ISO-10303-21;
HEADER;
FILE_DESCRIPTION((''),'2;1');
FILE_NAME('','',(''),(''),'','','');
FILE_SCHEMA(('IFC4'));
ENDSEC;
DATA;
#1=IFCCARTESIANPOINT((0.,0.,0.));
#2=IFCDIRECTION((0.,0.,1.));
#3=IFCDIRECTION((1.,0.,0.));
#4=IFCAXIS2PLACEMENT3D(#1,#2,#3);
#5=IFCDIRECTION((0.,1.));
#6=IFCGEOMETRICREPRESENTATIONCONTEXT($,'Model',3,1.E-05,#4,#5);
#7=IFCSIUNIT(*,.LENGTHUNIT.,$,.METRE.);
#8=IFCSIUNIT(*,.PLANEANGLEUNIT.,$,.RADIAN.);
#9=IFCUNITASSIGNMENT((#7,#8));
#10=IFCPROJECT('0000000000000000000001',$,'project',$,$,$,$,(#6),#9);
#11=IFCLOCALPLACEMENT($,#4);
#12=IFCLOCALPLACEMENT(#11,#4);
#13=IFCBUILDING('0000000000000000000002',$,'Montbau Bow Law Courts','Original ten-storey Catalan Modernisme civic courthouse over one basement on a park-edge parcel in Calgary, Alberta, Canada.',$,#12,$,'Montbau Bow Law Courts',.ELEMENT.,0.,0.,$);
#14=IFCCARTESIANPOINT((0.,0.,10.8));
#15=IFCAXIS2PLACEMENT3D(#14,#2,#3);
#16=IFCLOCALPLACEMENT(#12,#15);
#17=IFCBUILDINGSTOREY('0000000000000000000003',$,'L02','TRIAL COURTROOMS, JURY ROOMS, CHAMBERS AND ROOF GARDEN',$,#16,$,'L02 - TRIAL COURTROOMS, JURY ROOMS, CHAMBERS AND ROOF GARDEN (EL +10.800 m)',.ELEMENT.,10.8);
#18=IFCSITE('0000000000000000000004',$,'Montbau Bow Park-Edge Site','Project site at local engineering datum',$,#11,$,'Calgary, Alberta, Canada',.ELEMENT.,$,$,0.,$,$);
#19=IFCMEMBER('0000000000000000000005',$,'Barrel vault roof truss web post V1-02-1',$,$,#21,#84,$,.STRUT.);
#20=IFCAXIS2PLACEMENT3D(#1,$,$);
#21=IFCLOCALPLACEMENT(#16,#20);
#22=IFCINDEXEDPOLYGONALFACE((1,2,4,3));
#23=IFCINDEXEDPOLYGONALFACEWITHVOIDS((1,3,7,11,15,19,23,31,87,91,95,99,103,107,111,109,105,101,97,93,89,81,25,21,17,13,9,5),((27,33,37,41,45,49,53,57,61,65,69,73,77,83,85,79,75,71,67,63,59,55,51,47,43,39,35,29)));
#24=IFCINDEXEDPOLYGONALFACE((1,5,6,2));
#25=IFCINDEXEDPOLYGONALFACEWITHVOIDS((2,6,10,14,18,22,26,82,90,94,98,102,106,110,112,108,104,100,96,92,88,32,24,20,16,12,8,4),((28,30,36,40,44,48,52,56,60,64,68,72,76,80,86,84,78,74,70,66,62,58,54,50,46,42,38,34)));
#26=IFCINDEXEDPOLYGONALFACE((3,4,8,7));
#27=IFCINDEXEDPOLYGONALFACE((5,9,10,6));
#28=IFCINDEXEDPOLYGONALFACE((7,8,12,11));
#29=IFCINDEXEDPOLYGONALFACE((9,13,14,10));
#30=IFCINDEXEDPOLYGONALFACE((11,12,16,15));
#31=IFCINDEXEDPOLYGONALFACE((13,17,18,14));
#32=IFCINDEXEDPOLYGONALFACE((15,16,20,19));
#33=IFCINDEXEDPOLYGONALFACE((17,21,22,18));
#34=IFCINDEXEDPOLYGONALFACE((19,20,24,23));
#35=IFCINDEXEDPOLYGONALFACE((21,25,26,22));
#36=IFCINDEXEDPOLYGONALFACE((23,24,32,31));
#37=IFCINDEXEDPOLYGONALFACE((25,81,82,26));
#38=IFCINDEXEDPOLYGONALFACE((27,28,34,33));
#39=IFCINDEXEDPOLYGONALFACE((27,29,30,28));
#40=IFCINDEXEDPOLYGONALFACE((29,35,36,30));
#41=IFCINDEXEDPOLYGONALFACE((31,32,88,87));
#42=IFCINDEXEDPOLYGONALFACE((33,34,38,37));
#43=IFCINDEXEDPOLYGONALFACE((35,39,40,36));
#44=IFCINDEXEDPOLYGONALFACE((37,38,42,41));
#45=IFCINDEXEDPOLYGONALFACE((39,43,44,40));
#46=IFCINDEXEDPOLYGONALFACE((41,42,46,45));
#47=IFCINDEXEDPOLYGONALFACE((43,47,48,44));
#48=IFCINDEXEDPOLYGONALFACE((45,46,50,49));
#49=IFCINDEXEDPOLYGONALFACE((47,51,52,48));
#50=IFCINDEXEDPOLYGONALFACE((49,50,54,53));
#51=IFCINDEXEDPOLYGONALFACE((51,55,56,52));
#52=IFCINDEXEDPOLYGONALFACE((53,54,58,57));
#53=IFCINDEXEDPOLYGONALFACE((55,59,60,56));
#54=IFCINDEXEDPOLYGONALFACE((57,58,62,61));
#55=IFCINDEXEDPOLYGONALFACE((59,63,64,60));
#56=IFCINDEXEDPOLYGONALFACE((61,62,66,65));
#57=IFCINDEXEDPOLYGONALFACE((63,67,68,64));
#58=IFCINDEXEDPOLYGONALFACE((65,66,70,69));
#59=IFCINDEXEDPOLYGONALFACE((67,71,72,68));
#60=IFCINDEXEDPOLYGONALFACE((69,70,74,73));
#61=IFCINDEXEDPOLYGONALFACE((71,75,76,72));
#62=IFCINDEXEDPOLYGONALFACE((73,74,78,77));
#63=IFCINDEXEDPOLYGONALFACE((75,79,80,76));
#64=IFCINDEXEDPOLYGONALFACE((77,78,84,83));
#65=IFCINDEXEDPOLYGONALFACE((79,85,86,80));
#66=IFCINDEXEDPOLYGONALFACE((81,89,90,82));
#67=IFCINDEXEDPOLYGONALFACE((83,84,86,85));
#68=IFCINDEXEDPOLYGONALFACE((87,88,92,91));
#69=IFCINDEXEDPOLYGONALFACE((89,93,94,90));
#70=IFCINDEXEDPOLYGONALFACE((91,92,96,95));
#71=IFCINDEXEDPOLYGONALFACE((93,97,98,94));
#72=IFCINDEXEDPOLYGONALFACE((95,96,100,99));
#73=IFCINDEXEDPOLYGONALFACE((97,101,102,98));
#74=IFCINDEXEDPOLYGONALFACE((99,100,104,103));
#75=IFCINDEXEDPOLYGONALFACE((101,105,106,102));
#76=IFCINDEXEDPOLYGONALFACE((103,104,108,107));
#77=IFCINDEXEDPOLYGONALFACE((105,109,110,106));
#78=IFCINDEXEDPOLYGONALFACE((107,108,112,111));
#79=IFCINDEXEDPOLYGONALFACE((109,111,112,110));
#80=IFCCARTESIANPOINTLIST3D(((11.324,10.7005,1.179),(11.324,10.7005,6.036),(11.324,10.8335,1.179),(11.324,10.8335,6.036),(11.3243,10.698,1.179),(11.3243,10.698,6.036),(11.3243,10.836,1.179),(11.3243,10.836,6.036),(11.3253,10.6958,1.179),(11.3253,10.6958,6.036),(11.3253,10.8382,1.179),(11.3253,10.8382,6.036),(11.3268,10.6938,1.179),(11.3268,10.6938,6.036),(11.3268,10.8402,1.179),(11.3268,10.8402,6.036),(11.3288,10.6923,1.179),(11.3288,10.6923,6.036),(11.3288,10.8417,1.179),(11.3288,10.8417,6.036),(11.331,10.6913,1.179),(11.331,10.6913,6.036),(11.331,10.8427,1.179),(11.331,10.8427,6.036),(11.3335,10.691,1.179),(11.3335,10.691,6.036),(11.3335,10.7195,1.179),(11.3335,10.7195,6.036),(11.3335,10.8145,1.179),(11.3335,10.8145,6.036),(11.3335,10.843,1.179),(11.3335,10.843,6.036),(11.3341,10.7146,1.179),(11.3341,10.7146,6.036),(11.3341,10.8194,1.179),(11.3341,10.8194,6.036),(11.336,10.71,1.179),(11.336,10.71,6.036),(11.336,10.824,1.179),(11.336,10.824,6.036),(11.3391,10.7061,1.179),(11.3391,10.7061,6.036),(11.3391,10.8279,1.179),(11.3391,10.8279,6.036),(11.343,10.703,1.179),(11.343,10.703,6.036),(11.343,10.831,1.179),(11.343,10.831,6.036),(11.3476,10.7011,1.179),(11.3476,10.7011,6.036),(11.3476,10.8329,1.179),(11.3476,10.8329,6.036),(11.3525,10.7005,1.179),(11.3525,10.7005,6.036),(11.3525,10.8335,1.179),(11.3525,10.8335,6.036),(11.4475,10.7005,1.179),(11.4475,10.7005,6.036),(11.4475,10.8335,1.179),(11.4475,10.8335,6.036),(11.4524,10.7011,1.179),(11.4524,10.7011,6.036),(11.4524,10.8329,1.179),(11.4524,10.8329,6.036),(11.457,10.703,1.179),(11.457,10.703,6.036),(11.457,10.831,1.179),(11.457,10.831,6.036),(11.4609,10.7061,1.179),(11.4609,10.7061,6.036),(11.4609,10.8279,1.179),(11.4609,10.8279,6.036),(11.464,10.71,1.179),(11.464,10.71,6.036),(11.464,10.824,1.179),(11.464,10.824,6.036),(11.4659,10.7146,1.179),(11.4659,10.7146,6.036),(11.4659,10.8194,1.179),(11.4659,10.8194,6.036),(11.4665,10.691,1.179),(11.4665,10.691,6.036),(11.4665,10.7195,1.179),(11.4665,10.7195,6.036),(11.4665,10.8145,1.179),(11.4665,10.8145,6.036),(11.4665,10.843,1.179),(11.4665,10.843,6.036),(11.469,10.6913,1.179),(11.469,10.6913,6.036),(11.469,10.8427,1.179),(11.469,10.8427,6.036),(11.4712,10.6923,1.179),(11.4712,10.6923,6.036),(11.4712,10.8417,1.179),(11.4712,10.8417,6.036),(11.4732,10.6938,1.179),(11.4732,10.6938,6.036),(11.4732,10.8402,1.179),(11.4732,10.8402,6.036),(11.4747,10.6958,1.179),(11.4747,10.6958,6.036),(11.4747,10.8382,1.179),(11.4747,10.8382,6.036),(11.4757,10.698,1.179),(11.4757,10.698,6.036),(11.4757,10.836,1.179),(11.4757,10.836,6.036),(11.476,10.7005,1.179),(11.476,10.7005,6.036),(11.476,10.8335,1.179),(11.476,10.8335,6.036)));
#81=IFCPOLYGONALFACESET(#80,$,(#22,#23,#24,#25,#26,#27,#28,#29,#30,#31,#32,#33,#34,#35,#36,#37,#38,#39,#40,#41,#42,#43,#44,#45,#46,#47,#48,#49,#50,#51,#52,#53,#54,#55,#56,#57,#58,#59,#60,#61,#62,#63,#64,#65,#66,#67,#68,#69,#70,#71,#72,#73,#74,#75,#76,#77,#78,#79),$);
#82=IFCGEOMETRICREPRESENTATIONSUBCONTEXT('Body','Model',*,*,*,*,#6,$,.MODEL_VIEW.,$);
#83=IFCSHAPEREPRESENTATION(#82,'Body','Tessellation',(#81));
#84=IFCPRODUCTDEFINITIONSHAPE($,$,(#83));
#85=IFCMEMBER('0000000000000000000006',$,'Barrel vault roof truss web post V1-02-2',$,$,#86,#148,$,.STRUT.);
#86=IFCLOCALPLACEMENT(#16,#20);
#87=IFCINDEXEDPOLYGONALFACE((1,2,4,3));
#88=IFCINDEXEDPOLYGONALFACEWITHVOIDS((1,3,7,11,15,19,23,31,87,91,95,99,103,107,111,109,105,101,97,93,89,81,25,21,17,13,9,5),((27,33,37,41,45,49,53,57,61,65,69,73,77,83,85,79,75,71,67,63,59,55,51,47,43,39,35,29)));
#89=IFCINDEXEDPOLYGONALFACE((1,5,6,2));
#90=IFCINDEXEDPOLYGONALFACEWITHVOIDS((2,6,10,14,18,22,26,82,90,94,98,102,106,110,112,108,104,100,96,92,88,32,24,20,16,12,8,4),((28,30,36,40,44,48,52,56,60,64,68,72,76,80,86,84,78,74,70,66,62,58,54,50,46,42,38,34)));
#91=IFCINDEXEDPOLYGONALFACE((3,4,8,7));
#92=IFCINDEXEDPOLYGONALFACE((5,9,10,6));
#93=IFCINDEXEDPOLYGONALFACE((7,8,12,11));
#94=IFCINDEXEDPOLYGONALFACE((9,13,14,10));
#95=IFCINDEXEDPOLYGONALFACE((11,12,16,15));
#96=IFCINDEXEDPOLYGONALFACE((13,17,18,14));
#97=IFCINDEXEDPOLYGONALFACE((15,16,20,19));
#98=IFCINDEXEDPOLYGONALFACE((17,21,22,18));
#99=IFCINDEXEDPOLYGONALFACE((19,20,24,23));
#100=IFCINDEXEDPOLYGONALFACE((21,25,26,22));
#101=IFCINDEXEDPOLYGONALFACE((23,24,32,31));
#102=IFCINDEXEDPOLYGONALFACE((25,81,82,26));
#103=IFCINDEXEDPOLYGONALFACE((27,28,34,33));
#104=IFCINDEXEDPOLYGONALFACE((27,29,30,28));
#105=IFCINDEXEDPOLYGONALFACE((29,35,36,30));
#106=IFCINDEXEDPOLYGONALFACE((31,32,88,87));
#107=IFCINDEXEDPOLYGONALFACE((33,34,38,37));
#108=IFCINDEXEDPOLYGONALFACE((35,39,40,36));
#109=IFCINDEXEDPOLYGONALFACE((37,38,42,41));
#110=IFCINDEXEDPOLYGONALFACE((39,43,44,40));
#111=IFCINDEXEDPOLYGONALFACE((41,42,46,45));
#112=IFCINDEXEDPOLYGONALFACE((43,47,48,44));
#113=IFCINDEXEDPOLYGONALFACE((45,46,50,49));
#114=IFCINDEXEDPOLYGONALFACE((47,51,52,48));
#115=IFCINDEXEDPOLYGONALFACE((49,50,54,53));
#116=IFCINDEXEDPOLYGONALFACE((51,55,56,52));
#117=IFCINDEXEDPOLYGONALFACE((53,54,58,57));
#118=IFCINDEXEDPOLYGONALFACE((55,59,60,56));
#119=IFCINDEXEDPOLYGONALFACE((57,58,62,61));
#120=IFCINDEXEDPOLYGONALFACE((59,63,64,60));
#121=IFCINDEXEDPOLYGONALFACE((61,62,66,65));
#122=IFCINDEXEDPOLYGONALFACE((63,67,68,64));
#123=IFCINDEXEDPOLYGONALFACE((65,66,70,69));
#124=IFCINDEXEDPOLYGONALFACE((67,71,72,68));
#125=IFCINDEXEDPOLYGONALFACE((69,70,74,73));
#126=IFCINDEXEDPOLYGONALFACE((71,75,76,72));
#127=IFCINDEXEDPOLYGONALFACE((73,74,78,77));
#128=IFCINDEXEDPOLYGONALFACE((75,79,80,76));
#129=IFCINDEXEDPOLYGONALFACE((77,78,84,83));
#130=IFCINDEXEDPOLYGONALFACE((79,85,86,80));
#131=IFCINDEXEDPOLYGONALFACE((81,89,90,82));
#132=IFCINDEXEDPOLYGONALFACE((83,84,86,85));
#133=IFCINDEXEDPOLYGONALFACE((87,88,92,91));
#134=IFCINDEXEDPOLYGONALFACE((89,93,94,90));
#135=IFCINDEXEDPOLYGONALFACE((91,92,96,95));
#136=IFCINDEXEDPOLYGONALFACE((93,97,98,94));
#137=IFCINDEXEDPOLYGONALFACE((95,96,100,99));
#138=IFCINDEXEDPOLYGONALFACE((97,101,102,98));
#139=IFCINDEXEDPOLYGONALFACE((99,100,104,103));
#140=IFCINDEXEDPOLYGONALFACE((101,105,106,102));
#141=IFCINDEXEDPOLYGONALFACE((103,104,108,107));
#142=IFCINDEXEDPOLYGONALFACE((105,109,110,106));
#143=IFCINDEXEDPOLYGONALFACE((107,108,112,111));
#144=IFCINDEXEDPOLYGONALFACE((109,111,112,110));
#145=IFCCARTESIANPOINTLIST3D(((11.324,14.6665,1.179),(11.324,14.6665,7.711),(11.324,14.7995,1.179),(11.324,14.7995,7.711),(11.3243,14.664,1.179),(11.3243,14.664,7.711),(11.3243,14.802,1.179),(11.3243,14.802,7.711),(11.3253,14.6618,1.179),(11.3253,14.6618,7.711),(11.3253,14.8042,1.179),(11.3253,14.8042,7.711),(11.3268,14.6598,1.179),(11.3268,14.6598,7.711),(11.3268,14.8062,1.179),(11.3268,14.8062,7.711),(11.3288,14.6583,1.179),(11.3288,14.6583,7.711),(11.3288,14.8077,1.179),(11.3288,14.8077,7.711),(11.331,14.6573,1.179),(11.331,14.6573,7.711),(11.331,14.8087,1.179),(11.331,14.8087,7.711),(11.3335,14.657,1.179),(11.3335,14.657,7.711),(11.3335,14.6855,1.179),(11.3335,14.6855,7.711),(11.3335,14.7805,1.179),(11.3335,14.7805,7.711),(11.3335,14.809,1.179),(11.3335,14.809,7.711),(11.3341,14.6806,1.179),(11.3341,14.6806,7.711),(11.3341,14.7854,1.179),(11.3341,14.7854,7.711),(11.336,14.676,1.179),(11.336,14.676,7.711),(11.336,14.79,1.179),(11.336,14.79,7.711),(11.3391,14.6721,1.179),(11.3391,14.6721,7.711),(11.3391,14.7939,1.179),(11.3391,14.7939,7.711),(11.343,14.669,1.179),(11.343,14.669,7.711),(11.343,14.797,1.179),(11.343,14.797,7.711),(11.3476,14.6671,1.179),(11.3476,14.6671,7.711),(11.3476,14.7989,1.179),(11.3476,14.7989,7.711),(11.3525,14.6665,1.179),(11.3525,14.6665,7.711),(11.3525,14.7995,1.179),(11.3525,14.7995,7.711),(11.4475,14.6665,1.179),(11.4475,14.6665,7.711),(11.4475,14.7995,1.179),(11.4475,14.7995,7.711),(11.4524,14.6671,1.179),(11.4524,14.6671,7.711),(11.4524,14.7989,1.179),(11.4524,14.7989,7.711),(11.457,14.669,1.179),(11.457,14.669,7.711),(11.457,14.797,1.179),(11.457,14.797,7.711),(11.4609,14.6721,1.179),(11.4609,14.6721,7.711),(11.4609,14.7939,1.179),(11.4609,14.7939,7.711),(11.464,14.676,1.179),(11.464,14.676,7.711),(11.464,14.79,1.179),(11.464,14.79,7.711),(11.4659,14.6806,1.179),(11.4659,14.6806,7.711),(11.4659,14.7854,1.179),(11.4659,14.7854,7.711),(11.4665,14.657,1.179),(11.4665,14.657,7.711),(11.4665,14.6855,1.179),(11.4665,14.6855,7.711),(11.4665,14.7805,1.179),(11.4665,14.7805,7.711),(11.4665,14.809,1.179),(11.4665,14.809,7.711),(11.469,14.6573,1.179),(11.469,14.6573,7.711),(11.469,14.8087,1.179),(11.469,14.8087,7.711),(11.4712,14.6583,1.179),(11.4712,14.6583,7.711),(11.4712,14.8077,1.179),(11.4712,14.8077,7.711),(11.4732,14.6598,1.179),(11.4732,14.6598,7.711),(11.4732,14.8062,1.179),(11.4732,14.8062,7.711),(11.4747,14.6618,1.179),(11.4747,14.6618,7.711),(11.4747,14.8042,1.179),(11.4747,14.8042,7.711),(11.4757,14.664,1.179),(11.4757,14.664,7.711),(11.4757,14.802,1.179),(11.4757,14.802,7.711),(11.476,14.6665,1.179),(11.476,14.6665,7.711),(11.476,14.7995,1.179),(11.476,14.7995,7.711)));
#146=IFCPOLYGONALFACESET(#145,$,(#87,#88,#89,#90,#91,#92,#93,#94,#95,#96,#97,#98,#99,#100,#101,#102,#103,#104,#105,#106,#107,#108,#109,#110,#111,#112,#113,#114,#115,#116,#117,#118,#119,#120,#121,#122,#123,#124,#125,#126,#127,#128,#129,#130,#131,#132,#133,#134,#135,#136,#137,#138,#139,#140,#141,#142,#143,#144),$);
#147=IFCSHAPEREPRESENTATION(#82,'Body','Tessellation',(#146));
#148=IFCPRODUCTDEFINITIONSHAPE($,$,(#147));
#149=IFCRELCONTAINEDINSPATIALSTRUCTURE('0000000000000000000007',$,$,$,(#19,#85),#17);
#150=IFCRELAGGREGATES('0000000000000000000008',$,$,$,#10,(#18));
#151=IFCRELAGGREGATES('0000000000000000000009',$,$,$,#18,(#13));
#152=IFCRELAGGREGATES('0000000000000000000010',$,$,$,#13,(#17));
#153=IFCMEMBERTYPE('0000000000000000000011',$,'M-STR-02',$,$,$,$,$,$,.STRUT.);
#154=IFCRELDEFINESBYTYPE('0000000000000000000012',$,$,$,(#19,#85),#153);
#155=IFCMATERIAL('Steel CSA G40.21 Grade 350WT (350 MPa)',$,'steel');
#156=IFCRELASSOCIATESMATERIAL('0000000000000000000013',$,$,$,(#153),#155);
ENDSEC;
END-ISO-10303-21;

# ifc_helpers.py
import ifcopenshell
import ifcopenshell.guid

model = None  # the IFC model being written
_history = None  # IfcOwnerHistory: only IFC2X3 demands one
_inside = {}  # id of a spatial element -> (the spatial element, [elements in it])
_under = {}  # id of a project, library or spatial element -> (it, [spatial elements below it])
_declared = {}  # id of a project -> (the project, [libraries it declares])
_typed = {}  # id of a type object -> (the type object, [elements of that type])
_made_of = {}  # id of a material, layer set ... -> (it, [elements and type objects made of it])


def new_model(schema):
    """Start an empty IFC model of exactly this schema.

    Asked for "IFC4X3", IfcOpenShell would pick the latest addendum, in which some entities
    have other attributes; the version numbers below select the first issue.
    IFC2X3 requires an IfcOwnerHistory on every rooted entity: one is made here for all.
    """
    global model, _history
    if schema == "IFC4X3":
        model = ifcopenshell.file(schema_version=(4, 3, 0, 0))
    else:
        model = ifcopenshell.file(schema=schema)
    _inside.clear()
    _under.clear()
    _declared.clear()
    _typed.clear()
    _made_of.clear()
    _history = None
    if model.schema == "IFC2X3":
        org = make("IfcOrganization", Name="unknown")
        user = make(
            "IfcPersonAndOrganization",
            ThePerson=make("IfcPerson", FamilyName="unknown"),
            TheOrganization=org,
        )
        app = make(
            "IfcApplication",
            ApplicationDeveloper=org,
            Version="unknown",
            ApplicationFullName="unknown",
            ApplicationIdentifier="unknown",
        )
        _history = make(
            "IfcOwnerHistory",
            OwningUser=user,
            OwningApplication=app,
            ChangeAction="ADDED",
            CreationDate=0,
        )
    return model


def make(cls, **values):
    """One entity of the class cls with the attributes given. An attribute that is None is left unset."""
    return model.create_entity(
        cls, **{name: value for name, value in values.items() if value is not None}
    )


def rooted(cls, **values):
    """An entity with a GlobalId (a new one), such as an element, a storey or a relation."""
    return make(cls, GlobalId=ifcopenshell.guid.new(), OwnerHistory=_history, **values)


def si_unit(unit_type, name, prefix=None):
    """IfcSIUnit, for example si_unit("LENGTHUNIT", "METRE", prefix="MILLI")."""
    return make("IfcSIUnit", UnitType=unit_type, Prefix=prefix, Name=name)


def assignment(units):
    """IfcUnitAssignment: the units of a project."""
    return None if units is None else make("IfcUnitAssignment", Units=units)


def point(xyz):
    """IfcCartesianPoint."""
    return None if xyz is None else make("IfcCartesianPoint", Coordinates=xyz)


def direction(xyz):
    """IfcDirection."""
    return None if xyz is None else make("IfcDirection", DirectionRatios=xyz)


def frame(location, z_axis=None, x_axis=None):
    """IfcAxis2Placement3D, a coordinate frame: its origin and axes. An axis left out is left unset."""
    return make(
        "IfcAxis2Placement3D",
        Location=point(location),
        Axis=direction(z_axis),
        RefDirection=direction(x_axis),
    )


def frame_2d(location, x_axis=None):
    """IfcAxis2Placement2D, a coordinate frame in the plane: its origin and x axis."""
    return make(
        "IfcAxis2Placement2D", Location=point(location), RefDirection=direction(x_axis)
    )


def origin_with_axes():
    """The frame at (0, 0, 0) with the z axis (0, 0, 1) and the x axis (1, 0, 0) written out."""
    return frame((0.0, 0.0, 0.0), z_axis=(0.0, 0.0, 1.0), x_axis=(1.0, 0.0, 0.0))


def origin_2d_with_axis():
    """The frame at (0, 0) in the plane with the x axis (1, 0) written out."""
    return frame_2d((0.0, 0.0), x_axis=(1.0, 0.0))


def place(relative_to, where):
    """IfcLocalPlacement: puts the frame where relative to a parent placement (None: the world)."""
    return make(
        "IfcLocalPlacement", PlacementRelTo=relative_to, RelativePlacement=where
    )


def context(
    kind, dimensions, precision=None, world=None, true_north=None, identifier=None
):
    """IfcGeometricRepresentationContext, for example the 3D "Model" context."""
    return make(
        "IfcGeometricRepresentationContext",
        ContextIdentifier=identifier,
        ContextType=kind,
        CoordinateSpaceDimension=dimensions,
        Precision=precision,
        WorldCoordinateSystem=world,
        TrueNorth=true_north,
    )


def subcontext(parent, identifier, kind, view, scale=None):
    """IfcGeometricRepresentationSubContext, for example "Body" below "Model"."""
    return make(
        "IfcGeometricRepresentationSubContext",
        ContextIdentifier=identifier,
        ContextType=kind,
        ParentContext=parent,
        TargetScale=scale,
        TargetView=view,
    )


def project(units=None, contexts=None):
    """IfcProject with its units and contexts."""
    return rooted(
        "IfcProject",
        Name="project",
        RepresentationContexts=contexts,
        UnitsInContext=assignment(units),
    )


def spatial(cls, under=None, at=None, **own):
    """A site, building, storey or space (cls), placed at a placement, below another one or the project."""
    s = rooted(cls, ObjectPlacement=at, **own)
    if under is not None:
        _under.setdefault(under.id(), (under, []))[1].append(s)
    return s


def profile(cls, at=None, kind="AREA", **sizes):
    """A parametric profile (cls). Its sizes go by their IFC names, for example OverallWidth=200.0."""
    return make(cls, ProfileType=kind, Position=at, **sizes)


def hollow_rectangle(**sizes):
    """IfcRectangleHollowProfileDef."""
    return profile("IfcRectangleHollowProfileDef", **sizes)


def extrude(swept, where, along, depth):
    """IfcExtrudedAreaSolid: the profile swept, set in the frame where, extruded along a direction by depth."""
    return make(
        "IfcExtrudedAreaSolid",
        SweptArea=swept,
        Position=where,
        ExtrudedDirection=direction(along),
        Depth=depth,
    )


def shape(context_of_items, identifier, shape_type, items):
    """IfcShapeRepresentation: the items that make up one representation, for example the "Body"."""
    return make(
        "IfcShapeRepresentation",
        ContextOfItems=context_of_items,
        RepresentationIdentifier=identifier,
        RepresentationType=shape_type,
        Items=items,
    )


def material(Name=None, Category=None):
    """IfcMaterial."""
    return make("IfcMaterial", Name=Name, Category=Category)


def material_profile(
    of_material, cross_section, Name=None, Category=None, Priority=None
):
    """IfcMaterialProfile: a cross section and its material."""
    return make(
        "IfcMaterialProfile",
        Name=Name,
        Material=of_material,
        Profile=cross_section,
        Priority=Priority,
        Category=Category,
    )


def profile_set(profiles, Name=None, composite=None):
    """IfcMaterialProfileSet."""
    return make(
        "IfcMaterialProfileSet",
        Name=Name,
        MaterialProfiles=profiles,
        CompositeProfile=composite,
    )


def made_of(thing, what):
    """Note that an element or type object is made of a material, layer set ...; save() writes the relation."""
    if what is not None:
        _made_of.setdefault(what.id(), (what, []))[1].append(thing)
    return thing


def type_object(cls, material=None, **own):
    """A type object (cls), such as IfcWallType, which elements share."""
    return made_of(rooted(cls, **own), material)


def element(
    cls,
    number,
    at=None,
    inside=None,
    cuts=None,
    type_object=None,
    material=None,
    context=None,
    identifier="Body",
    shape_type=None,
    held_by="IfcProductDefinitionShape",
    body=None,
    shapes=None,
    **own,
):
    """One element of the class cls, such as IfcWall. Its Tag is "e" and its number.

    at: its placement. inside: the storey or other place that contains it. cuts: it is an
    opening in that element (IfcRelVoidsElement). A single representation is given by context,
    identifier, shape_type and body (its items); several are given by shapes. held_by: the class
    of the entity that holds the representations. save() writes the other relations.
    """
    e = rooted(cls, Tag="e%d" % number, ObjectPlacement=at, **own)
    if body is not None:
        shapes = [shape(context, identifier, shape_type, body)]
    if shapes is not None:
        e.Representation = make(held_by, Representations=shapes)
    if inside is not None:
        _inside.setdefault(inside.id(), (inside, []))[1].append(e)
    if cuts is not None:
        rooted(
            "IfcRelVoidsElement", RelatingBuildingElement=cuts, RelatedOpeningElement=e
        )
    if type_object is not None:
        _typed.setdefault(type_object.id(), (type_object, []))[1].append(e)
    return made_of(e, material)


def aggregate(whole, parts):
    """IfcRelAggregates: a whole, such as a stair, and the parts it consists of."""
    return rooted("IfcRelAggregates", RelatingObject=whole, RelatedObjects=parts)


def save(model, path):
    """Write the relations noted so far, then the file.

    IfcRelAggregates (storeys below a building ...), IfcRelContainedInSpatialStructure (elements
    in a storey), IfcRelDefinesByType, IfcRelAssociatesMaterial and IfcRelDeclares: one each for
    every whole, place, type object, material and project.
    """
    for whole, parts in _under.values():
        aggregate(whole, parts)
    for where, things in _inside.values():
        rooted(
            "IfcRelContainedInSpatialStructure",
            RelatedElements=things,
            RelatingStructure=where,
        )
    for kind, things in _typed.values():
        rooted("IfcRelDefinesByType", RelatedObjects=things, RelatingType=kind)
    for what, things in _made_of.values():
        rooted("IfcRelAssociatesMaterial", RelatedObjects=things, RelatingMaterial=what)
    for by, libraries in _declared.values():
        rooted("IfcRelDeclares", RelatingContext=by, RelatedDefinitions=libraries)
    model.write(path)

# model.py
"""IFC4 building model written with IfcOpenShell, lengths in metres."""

from ifc_helpers import new_model, si_unit, direction, frame, origin_with_axes, origin_2d_with_axis, place, context, subcontext, project, spatial, hollow_rectangle, extrude, material, material_profile, profile_set, type_object, element, save


model = new_model("IFC4")

# Units and contexts
model_context = context("Model", 3, precision=1e-05, world=origin_with_axes(), true_north=direction((0.0, 1.0)))
body_context = subcontext(model_context, "Body", "Model", "MODEL_VIEW")
ifc_project = project(units=[si_unit("LENGTHUNIT", "METRE"), si_unit("PLANEANGLEUNIT", "RADIAN")], contexts=[model_context])

# Site, building, storey
site_placement = place(None, origin_with_axes())
site = spatial("IfcSite", under=ifc_project, at=site_placement, Name="Montbau Bow Park-Edge Site", Description="Project site at local engineering datum", LongName="Calgary, Alberta, Canada", CompositionType="ELEMENT", RefElevation=0.0)
building_placement = place(site_placement, origin_with_axes())
building = spatial("IfcBuilding", under=site, at=building_placement, Name="Montbau Bow Law Courts", Description="Original ten-storey Catalan Modernisme civic courthouse over one basement on a park-edge parcel in Calgary, Alberta, Canada.", LongName="Montbau Bow Law Courts", CompositionType="ELEMENT", ElevationOfRefHeight=0.0, ElevationOfTerrain=0.0)
storey_placement = place(building_placement, frame((0.0, 0.0, 10.8), z_axis=(0.0, 0.0, 1.0), x_axis=(1.0, 0.0, 0.0)))
storey = spatial("IfcBuildingStorey", under=building, at=storey_placement, Name="L02", Description="TRIAL COURTROOMS, JURY ROOMS, CHAMBERS AND ROOF GARDEN", LongName="L02 - TRIAL COURTROOMS, JURY ROOMS, CHAMBERS AND ROOF GARDEN (EL +10.800 m)", CompositionType="ELEMENT", Elevation=10.8)

# Members
ifc_material = material(Name="Steel CSA G40.21 Grade 350WT (350 MPa)", Category="steel")
ifc_material_profile_1 = material_profile(ifc_material, hollow_rectangle(XDim=0.152, YDim=0.152, WallThickness=0.0095, InnerFilletRadius=0.019, OuterFilletRadius=0.0095, at=origin_2d_with_axis()), Name="HSS152X152X9.5", Category="Main", Priority=0)
ifc_profile_set_1 = profile_set([ifc_material_profile_1], Name="Steel CSA G40.21 Grade 350WT (350 MPa)")
member_type_1 = type_object("IfcMemberType", Name="M-STR-02", PredefinedType="STRUT", material=ifc_profile_set_1)
member_1_placement = place(None, frame((11.4, 10.767, 11.979), z_axis=(0.0, 0.0, 1.0), x_axis=(1.0, 0.0, 0.0)))
element("IfcMember", 1, at=member_1_placement, inside=storey, type_object=member_type_1, Name="Barrel vault roof truss web post V1-02-1", PredefinedType="STRUT", context=body_context, shape_type="SweptSolid", body=[
    extrude(hollow_rectangle(XDim=0.152, YDim=0.152, WallThickness=0.0095, InnerFilletRadius=0.019, OuterFilletRadius=0.0095, at=origin_2d_with_axis()), origin_with_axes(), (0.0, 0.0, 1.0), 4.857),
])
member_2_placement = place(None, frame((11.4, 14.733, 11.979), z_axis=(0.0, 0.0, 1.0), x_axis=(1.0, 0.0, 0.0)))
element("IfcMember", 2, at=member_2_placement, inside=storey, type_object=member_type_1, Name="Barrel vault roof truss web post V1-02-2", PredefinedType="STRUT", context=body_context, shape_type="SweptSolid", body=[
    extrude(hollow_rectangle(XDim=0.152, YDim=0.152, WallThickness=0.0095, InnerFilletRadius=0.019, OuterFilletRadius=0.0095, at=origin_2d_with_axis()), origin_with_axes(), (0.0, 0.0, 1.0), 6.532),
])

save(model, "model.ifc")
